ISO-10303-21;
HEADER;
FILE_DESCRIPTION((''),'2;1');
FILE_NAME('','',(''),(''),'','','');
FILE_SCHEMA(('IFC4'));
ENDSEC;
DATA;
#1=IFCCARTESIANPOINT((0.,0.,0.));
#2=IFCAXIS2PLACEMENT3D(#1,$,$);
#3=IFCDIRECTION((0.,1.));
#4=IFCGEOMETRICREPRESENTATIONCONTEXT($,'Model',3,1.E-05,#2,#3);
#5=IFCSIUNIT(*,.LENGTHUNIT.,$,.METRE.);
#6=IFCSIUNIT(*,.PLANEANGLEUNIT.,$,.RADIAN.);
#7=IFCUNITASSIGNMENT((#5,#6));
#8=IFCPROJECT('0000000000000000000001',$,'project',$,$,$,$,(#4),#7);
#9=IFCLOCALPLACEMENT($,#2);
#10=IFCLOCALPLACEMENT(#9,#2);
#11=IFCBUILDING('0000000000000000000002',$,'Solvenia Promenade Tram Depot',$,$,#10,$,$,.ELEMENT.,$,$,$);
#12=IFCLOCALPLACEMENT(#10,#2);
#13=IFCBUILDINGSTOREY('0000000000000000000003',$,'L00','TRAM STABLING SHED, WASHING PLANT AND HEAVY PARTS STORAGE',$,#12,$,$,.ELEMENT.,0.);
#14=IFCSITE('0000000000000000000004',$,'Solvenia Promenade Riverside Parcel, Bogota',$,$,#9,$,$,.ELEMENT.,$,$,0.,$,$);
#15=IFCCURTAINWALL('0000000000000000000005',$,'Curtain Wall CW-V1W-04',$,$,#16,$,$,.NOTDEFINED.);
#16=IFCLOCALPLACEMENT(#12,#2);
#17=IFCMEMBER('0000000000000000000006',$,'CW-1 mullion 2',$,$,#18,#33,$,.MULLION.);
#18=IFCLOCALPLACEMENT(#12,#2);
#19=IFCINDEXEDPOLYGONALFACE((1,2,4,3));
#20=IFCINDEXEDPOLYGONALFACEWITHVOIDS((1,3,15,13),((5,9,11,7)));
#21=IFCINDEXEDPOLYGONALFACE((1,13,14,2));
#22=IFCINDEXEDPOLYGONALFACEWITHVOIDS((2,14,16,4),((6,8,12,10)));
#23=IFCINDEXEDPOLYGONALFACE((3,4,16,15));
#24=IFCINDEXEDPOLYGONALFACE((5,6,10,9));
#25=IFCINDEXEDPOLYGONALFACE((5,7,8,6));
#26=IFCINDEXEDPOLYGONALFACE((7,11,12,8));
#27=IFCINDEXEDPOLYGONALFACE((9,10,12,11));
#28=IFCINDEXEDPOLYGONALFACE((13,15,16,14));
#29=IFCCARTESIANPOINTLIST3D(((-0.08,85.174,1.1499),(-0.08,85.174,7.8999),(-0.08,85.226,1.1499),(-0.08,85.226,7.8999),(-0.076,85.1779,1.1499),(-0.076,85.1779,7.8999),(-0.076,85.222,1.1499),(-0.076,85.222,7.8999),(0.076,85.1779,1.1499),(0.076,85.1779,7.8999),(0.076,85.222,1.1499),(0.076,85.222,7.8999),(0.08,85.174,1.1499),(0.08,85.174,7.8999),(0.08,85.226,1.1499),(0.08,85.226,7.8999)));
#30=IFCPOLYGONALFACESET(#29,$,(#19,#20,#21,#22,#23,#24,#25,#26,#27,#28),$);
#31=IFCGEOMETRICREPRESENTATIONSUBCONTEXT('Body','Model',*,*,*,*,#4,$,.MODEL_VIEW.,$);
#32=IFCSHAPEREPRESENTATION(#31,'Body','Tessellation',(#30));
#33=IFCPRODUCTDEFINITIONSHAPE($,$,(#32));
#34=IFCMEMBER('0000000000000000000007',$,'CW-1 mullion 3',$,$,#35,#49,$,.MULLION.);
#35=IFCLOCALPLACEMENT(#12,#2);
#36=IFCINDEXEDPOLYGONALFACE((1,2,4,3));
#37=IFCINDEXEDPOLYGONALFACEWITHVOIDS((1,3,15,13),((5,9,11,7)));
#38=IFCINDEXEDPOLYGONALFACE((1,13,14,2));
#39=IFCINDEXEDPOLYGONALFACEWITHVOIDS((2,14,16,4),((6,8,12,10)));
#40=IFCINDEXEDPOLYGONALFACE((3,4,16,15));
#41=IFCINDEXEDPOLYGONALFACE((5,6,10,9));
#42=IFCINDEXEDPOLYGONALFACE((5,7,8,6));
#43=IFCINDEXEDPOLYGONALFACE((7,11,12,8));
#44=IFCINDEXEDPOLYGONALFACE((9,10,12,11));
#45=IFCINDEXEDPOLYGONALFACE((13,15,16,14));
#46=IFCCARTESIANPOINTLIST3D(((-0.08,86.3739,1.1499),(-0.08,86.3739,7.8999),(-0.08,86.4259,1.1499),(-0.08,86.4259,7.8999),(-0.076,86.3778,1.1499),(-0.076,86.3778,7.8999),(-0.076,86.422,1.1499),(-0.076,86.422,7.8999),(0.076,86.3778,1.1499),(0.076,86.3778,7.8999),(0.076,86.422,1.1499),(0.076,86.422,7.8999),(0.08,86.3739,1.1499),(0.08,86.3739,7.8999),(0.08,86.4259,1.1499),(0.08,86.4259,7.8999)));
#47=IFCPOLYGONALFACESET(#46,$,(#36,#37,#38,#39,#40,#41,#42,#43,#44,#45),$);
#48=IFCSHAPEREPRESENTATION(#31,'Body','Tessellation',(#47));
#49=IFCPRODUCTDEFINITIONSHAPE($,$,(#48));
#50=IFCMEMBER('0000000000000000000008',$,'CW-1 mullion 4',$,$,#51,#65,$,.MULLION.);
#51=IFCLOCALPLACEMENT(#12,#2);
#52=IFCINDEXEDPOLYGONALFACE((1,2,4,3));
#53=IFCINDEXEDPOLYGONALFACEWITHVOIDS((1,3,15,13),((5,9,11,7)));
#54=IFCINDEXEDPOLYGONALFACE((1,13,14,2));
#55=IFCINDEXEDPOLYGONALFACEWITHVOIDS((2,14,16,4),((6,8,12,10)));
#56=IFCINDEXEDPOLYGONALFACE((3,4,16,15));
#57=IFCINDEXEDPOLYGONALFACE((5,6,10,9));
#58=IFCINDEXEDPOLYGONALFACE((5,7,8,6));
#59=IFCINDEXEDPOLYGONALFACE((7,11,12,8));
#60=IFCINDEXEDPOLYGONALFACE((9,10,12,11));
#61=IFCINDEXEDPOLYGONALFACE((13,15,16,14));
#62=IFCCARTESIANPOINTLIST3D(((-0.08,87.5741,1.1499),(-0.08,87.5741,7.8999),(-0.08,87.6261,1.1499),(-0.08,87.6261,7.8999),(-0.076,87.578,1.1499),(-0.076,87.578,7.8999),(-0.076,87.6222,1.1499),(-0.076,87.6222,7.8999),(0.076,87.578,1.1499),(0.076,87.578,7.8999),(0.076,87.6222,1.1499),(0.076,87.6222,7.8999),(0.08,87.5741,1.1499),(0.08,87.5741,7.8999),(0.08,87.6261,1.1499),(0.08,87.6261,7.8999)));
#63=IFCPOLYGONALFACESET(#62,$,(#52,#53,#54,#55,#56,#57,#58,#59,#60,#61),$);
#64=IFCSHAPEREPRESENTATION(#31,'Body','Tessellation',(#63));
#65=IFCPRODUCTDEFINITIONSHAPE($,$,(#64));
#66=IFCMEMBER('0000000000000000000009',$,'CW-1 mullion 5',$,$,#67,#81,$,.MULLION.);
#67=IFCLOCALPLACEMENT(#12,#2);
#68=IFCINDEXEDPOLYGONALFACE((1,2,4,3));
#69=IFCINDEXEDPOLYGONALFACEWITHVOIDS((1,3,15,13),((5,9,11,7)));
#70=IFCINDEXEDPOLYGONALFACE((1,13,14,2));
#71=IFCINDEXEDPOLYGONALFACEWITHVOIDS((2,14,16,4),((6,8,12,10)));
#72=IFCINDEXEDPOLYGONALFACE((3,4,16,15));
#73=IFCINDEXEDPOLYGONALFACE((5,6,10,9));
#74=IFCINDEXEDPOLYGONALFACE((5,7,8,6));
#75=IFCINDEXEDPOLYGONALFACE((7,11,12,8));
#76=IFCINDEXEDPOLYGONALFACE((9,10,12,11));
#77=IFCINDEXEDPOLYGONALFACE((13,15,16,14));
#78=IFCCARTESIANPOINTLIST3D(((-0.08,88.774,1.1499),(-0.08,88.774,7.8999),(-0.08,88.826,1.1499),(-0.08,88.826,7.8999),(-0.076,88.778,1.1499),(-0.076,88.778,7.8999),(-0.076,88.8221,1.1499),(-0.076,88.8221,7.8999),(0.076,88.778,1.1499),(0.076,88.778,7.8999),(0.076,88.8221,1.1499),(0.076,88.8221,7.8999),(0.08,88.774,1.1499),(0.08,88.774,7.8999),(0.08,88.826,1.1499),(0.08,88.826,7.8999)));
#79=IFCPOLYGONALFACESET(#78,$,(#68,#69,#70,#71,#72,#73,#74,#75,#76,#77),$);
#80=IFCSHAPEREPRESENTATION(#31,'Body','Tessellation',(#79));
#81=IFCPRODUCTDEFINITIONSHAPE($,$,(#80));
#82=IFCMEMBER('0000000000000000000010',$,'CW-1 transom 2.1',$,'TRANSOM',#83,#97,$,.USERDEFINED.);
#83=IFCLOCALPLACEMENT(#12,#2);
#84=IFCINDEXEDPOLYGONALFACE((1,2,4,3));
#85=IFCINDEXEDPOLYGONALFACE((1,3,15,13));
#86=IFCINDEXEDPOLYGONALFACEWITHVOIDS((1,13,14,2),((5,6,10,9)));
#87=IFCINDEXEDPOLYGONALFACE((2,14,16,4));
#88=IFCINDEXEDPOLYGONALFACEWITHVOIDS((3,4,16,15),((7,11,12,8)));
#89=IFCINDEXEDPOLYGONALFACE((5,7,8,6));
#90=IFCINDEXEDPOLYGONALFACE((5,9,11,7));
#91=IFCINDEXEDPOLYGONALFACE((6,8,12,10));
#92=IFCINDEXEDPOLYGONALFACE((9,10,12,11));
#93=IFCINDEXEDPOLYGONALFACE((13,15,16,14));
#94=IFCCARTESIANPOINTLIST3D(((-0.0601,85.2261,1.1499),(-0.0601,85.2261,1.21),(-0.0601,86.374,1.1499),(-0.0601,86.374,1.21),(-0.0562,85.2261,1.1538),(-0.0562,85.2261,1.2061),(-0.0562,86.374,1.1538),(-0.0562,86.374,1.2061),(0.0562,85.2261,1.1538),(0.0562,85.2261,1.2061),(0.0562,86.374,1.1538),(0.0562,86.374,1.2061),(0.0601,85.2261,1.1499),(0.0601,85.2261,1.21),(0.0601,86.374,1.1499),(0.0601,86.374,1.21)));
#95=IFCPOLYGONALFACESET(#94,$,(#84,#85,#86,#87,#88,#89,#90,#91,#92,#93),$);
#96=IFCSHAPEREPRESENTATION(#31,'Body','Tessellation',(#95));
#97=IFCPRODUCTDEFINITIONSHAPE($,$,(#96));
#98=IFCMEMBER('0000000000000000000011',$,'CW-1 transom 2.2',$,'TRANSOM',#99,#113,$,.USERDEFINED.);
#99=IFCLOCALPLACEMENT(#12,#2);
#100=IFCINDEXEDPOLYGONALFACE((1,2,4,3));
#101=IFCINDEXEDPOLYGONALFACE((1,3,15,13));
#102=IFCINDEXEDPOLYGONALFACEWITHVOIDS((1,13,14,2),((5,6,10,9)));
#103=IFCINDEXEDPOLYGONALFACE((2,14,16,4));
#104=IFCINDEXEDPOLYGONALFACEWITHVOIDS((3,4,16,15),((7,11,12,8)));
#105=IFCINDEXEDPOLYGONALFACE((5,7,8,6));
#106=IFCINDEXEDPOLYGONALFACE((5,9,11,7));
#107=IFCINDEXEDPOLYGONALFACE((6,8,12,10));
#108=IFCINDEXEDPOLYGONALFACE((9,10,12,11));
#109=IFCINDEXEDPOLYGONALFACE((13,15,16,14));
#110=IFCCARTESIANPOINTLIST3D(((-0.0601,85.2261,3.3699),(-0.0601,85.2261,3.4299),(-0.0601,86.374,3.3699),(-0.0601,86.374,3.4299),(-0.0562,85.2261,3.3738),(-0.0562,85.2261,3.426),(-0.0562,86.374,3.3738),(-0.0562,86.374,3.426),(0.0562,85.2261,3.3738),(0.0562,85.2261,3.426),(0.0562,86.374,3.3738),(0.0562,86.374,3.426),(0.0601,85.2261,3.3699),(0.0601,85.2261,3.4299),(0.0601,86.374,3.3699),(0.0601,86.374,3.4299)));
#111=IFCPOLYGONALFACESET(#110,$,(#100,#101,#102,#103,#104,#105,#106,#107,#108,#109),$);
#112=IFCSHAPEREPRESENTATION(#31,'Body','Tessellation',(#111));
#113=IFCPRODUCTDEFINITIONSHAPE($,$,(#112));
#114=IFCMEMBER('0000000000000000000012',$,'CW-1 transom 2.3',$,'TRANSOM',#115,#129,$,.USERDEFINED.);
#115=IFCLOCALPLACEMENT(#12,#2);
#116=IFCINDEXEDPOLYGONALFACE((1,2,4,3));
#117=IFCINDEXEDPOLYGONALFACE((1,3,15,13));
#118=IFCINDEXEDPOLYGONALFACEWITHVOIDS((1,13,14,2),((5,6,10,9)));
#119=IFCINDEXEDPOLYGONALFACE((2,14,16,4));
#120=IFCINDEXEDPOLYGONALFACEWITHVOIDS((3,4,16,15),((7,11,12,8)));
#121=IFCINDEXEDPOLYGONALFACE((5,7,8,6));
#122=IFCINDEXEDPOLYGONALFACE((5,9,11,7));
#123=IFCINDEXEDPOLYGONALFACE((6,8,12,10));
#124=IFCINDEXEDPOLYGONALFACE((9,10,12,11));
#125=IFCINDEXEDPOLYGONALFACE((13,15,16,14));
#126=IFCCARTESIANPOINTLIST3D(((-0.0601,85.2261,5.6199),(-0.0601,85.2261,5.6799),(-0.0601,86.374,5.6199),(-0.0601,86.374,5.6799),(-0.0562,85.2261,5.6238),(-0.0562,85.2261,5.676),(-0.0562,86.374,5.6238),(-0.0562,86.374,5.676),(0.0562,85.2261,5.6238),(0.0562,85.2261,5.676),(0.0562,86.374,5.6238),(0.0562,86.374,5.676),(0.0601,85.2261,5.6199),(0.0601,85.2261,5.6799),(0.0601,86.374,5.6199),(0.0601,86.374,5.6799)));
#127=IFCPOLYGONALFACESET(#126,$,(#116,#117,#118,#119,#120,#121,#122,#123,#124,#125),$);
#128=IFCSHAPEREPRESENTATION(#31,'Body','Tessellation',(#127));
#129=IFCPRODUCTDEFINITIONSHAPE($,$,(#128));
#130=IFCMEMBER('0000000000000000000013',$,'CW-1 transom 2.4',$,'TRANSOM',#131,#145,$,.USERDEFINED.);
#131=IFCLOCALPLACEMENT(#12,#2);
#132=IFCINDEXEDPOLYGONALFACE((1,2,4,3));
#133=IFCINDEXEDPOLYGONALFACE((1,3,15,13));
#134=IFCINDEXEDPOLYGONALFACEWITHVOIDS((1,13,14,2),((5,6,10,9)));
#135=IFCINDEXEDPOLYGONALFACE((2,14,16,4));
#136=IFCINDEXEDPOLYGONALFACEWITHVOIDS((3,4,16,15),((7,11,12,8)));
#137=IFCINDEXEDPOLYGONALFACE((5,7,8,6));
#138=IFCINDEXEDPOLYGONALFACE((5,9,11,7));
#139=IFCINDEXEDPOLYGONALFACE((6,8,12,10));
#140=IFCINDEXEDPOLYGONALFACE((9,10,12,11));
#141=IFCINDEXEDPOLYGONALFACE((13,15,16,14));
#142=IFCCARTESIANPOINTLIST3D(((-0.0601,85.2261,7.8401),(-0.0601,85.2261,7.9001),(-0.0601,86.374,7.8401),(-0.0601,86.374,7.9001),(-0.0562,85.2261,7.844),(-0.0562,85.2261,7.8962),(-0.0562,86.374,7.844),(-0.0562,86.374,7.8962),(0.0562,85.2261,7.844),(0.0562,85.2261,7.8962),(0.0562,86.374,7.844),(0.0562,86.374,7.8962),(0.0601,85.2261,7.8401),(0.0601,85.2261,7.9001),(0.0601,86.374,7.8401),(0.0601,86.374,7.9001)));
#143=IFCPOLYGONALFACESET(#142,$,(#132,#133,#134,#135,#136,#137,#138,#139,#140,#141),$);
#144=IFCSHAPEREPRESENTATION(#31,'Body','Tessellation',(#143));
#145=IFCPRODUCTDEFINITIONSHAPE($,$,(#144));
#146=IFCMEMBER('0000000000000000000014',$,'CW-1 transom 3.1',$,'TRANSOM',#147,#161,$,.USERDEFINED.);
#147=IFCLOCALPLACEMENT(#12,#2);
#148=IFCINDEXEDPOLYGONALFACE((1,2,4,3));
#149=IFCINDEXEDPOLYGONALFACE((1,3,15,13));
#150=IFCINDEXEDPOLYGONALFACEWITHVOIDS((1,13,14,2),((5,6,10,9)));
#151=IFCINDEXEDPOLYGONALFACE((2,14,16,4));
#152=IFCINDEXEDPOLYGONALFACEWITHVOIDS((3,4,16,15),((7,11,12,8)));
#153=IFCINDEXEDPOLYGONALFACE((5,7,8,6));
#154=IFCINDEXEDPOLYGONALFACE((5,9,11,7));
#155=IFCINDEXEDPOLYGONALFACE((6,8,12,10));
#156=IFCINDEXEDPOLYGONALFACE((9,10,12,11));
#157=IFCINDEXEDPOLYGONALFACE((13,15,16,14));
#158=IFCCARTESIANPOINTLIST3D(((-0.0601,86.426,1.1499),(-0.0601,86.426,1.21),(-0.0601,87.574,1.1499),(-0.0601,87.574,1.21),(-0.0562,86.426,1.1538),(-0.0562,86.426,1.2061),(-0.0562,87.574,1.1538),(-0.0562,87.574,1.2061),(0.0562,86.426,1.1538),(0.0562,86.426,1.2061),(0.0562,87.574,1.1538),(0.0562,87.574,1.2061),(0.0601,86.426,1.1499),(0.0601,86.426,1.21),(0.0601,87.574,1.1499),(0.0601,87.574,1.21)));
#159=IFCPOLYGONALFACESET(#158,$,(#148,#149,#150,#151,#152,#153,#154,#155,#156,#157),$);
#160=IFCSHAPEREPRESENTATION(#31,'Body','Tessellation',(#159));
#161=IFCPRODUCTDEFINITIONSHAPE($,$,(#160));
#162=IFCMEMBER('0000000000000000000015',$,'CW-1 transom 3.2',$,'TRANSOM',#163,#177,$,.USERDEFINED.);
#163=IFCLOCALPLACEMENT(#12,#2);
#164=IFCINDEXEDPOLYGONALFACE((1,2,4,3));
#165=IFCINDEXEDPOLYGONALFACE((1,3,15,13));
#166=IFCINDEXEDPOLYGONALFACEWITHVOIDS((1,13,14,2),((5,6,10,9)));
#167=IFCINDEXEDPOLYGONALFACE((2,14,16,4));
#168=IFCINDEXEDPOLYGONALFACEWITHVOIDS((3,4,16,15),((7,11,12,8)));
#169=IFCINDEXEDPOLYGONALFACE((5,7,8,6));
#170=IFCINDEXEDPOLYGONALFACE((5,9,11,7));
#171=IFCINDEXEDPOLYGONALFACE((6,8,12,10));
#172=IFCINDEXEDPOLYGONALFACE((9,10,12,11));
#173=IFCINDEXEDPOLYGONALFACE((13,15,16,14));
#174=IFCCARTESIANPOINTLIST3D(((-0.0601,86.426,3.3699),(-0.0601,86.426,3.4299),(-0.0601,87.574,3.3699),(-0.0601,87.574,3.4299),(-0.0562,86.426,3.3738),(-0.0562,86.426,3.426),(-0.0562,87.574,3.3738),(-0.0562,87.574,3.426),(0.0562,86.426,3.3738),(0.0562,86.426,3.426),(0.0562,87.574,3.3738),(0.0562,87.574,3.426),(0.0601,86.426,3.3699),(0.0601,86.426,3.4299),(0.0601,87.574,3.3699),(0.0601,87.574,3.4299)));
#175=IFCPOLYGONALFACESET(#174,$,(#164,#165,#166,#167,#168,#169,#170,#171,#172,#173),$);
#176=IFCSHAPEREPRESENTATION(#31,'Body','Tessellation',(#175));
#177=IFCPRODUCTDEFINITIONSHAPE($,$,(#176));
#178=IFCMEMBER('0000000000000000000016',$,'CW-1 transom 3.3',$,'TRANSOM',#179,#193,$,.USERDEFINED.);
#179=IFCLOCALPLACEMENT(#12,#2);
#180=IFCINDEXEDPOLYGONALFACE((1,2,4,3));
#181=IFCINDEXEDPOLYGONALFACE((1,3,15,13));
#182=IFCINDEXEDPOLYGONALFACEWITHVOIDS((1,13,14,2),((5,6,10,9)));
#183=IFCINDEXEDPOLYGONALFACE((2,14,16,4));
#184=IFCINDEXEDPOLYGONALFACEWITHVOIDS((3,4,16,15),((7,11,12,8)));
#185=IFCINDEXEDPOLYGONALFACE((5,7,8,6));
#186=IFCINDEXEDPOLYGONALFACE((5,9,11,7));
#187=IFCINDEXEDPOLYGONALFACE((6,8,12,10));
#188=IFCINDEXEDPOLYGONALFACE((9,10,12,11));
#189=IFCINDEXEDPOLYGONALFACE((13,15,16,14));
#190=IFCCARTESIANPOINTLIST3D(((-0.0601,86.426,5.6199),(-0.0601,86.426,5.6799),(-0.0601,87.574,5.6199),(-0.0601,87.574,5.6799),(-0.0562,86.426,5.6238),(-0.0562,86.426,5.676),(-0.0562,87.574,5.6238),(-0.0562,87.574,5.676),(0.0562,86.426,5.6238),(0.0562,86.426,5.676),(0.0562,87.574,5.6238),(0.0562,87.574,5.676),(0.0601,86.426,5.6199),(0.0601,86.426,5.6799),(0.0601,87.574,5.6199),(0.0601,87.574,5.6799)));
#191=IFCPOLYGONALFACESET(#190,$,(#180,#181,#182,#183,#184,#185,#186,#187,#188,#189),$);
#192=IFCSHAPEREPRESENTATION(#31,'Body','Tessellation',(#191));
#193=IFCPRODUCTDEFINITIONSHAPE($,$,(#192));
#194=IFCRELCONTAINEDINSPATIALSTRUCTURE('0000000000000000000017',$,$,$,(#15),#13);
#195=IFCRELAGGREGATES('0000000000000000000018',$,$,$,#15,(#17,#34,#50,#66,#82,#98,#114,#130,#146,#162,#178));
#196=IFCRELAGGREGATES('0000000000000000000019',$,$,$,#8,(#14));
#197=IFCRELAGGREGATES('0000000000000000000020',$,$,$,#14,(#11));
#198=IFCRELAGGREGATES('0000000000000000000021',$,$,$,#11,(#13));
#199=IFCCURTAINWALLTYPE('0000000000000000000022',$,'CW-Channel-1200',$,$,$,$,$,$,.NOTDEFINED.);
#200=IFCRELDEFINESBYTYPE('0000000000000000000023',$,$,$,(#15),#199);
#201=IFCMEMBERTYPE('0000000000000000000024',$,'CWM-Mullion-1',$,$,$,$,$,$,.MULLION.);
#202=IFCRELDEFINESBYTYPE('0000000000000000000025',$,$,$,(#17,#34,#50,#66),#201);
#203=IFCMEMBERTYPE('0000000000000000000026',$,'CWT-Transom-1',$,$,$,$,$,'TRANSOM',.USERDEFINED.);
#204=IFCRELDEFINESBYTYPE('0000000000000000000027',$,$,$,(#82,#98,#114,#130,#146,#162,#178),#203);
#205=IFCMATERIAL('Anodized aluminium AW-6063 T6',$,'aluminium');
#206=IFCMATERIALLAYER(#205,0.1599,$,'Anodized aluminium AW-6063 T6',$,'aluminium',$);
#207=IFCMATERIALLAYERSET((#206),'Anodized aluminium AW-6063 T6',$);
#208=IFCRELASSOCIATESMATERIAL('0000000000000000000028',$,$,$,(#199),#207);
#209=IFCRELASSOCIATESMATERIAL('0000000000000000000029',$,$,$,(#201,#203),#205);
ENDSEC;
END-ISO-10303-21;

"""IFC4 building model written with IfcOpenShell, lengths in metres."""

from ifc_helpers import new_model, si_unit, direction, frame, origin, origin_2d, place, context, subcontext, project, spatial, hollow_rectangle, extrude, material, layer, layer_set, material_profile, profile_set, type_object, element, aggregate, save


model = new_model("IFC4")

# Units and contexts
model_context = context("Model", 3, precision=1e-05, world=origin(), true_north=direction((0.0, 1.0)))
body_context = subcontext(model_context, "Body", "Model", "MODEL_VIEW")
ifc_project = project(units=[si_unit("LENGTHUNIT", "METRE"), si_unit("PLANEANGLEUNIT", "RADIAN")], contexts=[model_context])

# Site, building, storey
site_placement = place(None, origin())
site = spatial("IfcSite", under=ifc_project, at=site_placement, Name="Solvenia Promenade Riverside Parcel, Bogota", CompositionType="ELEMENT", RefElevation=0.0)
building_placement = place(site_placement, origin())
building = spatial("IfcBuilding", under=site, at=building_placement, Name="Solvenia Promenade Tram Depot", CompositionType="ELEMENT")
storey_placement = place(building_placement, origin())
storey = spatial("IfcBuildingStorey", under=building, at=storey_placement, Name="L00", Description="TRAM STABLING SHED, WASHING PLANT AND HEAVY PARTS STORAGE", CompositionType="ELEMENT", Elevation=0.0)

# Curtain wall, members
ifc_material_1 = material(Name="Anodized aluminium AW-6063 T6", Category="aluminium")
ifc_layer_1 = layer(ifc_material_1, 0.1599, Name="Anodized aluminium AW-6063 T6", Category="aluminium")
ifc_layer_set_1 = layer_set([ifc_layer_1], Name="Anodized aluminium AW-6063 T6")
curtain_wall_type = type_object("IfcCurtainWallType", Name="CW-Channel-1200", PredefinedType="NOTDEFINED", material=ifc_layer_set_1)
curtain_wall_placement = place(storey_placement, origin())
curtain_wall = element("IfcCurtainWall", 1, at=curtain_wall_placement, inside=storey, type_object=curtain_wall_type, Name="Curtain Wall CW-V1W-04", PredefinedType="NOTDEFINED")
ifc_material_profile_1 = material_profile(ifc_material_1, hollow_rectangle(XDim=0.1599, YDim=0.052, WallThickness=0.0039, at=origin_2d()), Name="ALU-M1", Category="aluminium")
ifc_profile_set_1 = profile_set([ifc_material_profile_1], Name="Anodized aluminium AW-6063 T6")
member_type_1 = type_object("IfcMemberType", Name="CWM-Mullion-1", PredefinedType="MULLION", material=ifc_profile_set_1)
member_1_placement = place(storey_placement, frame((0.0, 85.2, 1.1499), z_axis=(0.0, 0.0, 1.0), x_axis=(-1.0, 0.0, 0.0)))
member_1 = element("IfcMember", 2, at=member_1_placement, type_object=member_type_1, Name="CW-1 mullion 2", PredefinedType="MULLION", context=body_context, shape_type="SweptSolid", body=[
    extrude(hollow_rectangle(XDim=0.1599, YDim=0.052, WallThickness=0.0039, at=origin_2d()), origin(), (0.0, 0.0, 1.0), 6.75),
])
member_2_placement = place(storey_placement, frame((0.0, 86.3999, 1.1499), z_axis=(0.0, 0.0, 1.0), x_axis=(-1.0, 0.0, 0.0)))
member_2 = element("IfcMember", 3, at=member_2_placement, type_object=member_type_1, Name="CW-1 mullion 3", PredefinedType="MULLION", context=body_context, shape_type="SweptSolid", body=[
    extrude(hollow_rectangle(XDim=0.1599, YDim=0.052, WallThickness=0.0039, at=origin_2d()), origin(), (0.0, 0.0, 1.0), 6.75),
])
member_3_placement = place(storey_placement, frame((0.0, 87.6001, 1.1499), z_axis=(0.0, 0.0, 1.0), x_axis=(-1.0, 0.0, 0.0)))
member_3 = element("IfcMember", 4, at=member_3_placement, type_object=member_type_1, Name="CW-1 mullion 4", PredefinedType="MULLION", context=body_context, shape_type="SweptSolid", body=[
    extrude(hollow_rectangle(XDim=0.1599, YDim=0.052, WallThickness=0.0039, at=origin_2d()), origin(), (0.0, 0.0, 1.0), 6.75),
])
member_4_placement = place(storey_placement, frame((0.0, 88.8, 1.1499), z_axis=(0.0, 0.0, 1.0), x_axis=(-1.0, 0.0, 0.0)))
member_4 = element("IfcMember", 5, at=member_4_placement, type_object=member_type_1, Name="CW-1 mullion 5", PredefinedType="MULLION", context=body_context, shape_type="SweptSolid", body=[
    extrude(hollow_rectangle(XDim=0.1599, YDim=0.052, WallThickness=0.0039, at=origin_2d()), origin(), (0.0, 0.0, 1.0), 6.75),
])
ifc_material_profile_2 = material_profile(ifc_material_1, hollow_rectangle(XDim=0.1201, YDim=0.0601, WallThickness=0.0039, at=origin_2d()), Name="ALU-T1", Category="aluminium")
ifc_profile_set_2 = profile_set([ifc_material_profile_2], Name="Anodized aluminium AW-6063 T6")
member_type_2 = type_object("IfcMemberType", Name="CWT-Transom-1", ElementType="TRANSOM", PredefinedType="USERDEFINED", material=ifc_profile_set_2)
member_5_placement = place(storey_placement, frame((0.0, 85.2261, 1.1799), z_axis=(0.0, 1.0, 0.0), x_axis=(-1.0, 0.0, 0.0)))
member_5 = element("IfcMember", 6, at=member_5_placement, type_object=member_type_2, Name="CW-1 transom 2.1", ObjectType="TRANSOM", PredefinedType="USERDEFINED", context=body_context, shape_type="SweptSolid", body=[
    extrude(hollow_rectangle(XDim=0.1201, YDim=0.0601, WallThickness=0.0039, at=origin_2d()), origin(), (0.0, 0.0, 1.0), 1.1479),
])
member_6_placement = place(storey_placement, frame((0.0, 85.2261, 3.3999), z_axis=(0.0, 1.0, 0.0), x_axis=(-1.0, 0.0, 0.0)))
member_6 = element("IfcMember", 7, at=member_6_placement, type_object=member_type_2, Name="CW-1 transom 2.2", ObjectType="TRANSOM", PredefinedType="USERDEFINED", context=body_context, shape_type="SweptSolid", body=[
    extrude(hollow_rectangle(XDim=0.1201, YDim=0.0601, WallThickness=0.0039, at=origin_2d()), origin(), (0.0, 0.0, 1.0), 1.1479),
])
member_7_placement = place(storey_placement, frame((0.0, 85.2261, 5.6499), z_axis=(0.0, 1.0, 0.0), x_axis=(-1.0, 0.0, 0.0)))
member_7 = element("IfcMember", 8, at=member_7_placement, type_object=member_type_2, Name="CW-1 transom 2.3", ObjectType="TRANSOM", PredefinedType="USERDEFINED", context=body_context, shape_type="SweptSolid", body=[
    extrude(hollow_rectangle(XDim=0.1201, YDim=0.0601, WallThickness=0.0039, at=origin_2d()), origin(), (0.0, 0.0, 1.0), 1.1479),
])
member_8_placement = place(storey_placement, frame((0.0, 85.2261, 7.8701), z_axis=(0.0, 1.0, 0.0), x_axis=(-1.0, 0.0, 0.0)))
member_8 = element("IfcMember", 9, at=member_8_placement, type_object=member_type_2, Name="CW-1 transom 2.4", ObjectType="TRANSOM", PredefinedType="USERDEFINED", context=body_context, shape_type="SweptSolid", body=[
    extrude(hollow_rectangle(XDim=0.1201, YDim=0.0601, WallThickness=0.0039, at=origin_2d()), origin(), (0.0, 0.0, 1.0), 1.1479),
])
member_9_placement = place(storey_placement, frame((0.0, 86.426, 1.1799), z_axis=(0.0, 1.0, 0.0), x_axis=(-1.0, 0.0, 0.0)))
member_9 = element("IfcMember", 10, at=member_9_placement, type_object=member_type_2, Name="CW-1 transom 3.1", ObjectType="TRANSOM", PredefinedType="USERDEFINED", context=body_context, shape_type="SweptSolid", body=[
    extrude(hollow_rectangle(XDim=0.1201, YDim=0.0601, WallThickness=0.0039, at=origin_2d()), origin(), (0.0, 0.0, 1.0), 1.1479),
])
member_10_placement = place(storey_placement, frame((0.0, 86.426, 3.3999), z_axis=(0.0, 1.0, 0.0), x_axis=(-1.0, 0.0, 0.0)))
member_10 = element("IfcMember", 11, at=member_10_placement, type_object=member_type_2, Name="CW-1 transom 3.2", ObjectType="TRANSOM", PredefinedType="USERDEFINED", context=body_context, shape_type="SweptSolid", body=[
    extrude(hollow_rectangle(XDim=0.1201, YDim=0.0601, WallThickness=0.0039, at=origin_2d()), origin(), (0.0, 0.0, 1.0), 1.1479),
])
member_11_placement = place(storey_placement, frame((0.0, 86.426, 5.6499), z_axis=(0.0, 1.0, 0.0), x_axis=(-1.0, 0.0, 0.0)))
member_11 = element("IfcMember", 12, at=member_11_placement, type_object=member_type_2, Name="CW-1 transom 3.3", ObjectType="TRANSOM", PredefinedType="USERDEFINED", context=body_context, shape_type="SweptSolid", body=[
    extrude(hollow_rectangle(XDim=0.1201, YDim=0.0601, WallThickness=0.0039, at=origin_2d()), origin(), (0.0, 0.0, 1.0), 1.1479),
])
aggregate(curtain_wall, [member_1, member_2, member_3, member_4, member_5, member_6, member_7, member_8, member_9, member_10, member_11])

save(model, "model.ifc")
